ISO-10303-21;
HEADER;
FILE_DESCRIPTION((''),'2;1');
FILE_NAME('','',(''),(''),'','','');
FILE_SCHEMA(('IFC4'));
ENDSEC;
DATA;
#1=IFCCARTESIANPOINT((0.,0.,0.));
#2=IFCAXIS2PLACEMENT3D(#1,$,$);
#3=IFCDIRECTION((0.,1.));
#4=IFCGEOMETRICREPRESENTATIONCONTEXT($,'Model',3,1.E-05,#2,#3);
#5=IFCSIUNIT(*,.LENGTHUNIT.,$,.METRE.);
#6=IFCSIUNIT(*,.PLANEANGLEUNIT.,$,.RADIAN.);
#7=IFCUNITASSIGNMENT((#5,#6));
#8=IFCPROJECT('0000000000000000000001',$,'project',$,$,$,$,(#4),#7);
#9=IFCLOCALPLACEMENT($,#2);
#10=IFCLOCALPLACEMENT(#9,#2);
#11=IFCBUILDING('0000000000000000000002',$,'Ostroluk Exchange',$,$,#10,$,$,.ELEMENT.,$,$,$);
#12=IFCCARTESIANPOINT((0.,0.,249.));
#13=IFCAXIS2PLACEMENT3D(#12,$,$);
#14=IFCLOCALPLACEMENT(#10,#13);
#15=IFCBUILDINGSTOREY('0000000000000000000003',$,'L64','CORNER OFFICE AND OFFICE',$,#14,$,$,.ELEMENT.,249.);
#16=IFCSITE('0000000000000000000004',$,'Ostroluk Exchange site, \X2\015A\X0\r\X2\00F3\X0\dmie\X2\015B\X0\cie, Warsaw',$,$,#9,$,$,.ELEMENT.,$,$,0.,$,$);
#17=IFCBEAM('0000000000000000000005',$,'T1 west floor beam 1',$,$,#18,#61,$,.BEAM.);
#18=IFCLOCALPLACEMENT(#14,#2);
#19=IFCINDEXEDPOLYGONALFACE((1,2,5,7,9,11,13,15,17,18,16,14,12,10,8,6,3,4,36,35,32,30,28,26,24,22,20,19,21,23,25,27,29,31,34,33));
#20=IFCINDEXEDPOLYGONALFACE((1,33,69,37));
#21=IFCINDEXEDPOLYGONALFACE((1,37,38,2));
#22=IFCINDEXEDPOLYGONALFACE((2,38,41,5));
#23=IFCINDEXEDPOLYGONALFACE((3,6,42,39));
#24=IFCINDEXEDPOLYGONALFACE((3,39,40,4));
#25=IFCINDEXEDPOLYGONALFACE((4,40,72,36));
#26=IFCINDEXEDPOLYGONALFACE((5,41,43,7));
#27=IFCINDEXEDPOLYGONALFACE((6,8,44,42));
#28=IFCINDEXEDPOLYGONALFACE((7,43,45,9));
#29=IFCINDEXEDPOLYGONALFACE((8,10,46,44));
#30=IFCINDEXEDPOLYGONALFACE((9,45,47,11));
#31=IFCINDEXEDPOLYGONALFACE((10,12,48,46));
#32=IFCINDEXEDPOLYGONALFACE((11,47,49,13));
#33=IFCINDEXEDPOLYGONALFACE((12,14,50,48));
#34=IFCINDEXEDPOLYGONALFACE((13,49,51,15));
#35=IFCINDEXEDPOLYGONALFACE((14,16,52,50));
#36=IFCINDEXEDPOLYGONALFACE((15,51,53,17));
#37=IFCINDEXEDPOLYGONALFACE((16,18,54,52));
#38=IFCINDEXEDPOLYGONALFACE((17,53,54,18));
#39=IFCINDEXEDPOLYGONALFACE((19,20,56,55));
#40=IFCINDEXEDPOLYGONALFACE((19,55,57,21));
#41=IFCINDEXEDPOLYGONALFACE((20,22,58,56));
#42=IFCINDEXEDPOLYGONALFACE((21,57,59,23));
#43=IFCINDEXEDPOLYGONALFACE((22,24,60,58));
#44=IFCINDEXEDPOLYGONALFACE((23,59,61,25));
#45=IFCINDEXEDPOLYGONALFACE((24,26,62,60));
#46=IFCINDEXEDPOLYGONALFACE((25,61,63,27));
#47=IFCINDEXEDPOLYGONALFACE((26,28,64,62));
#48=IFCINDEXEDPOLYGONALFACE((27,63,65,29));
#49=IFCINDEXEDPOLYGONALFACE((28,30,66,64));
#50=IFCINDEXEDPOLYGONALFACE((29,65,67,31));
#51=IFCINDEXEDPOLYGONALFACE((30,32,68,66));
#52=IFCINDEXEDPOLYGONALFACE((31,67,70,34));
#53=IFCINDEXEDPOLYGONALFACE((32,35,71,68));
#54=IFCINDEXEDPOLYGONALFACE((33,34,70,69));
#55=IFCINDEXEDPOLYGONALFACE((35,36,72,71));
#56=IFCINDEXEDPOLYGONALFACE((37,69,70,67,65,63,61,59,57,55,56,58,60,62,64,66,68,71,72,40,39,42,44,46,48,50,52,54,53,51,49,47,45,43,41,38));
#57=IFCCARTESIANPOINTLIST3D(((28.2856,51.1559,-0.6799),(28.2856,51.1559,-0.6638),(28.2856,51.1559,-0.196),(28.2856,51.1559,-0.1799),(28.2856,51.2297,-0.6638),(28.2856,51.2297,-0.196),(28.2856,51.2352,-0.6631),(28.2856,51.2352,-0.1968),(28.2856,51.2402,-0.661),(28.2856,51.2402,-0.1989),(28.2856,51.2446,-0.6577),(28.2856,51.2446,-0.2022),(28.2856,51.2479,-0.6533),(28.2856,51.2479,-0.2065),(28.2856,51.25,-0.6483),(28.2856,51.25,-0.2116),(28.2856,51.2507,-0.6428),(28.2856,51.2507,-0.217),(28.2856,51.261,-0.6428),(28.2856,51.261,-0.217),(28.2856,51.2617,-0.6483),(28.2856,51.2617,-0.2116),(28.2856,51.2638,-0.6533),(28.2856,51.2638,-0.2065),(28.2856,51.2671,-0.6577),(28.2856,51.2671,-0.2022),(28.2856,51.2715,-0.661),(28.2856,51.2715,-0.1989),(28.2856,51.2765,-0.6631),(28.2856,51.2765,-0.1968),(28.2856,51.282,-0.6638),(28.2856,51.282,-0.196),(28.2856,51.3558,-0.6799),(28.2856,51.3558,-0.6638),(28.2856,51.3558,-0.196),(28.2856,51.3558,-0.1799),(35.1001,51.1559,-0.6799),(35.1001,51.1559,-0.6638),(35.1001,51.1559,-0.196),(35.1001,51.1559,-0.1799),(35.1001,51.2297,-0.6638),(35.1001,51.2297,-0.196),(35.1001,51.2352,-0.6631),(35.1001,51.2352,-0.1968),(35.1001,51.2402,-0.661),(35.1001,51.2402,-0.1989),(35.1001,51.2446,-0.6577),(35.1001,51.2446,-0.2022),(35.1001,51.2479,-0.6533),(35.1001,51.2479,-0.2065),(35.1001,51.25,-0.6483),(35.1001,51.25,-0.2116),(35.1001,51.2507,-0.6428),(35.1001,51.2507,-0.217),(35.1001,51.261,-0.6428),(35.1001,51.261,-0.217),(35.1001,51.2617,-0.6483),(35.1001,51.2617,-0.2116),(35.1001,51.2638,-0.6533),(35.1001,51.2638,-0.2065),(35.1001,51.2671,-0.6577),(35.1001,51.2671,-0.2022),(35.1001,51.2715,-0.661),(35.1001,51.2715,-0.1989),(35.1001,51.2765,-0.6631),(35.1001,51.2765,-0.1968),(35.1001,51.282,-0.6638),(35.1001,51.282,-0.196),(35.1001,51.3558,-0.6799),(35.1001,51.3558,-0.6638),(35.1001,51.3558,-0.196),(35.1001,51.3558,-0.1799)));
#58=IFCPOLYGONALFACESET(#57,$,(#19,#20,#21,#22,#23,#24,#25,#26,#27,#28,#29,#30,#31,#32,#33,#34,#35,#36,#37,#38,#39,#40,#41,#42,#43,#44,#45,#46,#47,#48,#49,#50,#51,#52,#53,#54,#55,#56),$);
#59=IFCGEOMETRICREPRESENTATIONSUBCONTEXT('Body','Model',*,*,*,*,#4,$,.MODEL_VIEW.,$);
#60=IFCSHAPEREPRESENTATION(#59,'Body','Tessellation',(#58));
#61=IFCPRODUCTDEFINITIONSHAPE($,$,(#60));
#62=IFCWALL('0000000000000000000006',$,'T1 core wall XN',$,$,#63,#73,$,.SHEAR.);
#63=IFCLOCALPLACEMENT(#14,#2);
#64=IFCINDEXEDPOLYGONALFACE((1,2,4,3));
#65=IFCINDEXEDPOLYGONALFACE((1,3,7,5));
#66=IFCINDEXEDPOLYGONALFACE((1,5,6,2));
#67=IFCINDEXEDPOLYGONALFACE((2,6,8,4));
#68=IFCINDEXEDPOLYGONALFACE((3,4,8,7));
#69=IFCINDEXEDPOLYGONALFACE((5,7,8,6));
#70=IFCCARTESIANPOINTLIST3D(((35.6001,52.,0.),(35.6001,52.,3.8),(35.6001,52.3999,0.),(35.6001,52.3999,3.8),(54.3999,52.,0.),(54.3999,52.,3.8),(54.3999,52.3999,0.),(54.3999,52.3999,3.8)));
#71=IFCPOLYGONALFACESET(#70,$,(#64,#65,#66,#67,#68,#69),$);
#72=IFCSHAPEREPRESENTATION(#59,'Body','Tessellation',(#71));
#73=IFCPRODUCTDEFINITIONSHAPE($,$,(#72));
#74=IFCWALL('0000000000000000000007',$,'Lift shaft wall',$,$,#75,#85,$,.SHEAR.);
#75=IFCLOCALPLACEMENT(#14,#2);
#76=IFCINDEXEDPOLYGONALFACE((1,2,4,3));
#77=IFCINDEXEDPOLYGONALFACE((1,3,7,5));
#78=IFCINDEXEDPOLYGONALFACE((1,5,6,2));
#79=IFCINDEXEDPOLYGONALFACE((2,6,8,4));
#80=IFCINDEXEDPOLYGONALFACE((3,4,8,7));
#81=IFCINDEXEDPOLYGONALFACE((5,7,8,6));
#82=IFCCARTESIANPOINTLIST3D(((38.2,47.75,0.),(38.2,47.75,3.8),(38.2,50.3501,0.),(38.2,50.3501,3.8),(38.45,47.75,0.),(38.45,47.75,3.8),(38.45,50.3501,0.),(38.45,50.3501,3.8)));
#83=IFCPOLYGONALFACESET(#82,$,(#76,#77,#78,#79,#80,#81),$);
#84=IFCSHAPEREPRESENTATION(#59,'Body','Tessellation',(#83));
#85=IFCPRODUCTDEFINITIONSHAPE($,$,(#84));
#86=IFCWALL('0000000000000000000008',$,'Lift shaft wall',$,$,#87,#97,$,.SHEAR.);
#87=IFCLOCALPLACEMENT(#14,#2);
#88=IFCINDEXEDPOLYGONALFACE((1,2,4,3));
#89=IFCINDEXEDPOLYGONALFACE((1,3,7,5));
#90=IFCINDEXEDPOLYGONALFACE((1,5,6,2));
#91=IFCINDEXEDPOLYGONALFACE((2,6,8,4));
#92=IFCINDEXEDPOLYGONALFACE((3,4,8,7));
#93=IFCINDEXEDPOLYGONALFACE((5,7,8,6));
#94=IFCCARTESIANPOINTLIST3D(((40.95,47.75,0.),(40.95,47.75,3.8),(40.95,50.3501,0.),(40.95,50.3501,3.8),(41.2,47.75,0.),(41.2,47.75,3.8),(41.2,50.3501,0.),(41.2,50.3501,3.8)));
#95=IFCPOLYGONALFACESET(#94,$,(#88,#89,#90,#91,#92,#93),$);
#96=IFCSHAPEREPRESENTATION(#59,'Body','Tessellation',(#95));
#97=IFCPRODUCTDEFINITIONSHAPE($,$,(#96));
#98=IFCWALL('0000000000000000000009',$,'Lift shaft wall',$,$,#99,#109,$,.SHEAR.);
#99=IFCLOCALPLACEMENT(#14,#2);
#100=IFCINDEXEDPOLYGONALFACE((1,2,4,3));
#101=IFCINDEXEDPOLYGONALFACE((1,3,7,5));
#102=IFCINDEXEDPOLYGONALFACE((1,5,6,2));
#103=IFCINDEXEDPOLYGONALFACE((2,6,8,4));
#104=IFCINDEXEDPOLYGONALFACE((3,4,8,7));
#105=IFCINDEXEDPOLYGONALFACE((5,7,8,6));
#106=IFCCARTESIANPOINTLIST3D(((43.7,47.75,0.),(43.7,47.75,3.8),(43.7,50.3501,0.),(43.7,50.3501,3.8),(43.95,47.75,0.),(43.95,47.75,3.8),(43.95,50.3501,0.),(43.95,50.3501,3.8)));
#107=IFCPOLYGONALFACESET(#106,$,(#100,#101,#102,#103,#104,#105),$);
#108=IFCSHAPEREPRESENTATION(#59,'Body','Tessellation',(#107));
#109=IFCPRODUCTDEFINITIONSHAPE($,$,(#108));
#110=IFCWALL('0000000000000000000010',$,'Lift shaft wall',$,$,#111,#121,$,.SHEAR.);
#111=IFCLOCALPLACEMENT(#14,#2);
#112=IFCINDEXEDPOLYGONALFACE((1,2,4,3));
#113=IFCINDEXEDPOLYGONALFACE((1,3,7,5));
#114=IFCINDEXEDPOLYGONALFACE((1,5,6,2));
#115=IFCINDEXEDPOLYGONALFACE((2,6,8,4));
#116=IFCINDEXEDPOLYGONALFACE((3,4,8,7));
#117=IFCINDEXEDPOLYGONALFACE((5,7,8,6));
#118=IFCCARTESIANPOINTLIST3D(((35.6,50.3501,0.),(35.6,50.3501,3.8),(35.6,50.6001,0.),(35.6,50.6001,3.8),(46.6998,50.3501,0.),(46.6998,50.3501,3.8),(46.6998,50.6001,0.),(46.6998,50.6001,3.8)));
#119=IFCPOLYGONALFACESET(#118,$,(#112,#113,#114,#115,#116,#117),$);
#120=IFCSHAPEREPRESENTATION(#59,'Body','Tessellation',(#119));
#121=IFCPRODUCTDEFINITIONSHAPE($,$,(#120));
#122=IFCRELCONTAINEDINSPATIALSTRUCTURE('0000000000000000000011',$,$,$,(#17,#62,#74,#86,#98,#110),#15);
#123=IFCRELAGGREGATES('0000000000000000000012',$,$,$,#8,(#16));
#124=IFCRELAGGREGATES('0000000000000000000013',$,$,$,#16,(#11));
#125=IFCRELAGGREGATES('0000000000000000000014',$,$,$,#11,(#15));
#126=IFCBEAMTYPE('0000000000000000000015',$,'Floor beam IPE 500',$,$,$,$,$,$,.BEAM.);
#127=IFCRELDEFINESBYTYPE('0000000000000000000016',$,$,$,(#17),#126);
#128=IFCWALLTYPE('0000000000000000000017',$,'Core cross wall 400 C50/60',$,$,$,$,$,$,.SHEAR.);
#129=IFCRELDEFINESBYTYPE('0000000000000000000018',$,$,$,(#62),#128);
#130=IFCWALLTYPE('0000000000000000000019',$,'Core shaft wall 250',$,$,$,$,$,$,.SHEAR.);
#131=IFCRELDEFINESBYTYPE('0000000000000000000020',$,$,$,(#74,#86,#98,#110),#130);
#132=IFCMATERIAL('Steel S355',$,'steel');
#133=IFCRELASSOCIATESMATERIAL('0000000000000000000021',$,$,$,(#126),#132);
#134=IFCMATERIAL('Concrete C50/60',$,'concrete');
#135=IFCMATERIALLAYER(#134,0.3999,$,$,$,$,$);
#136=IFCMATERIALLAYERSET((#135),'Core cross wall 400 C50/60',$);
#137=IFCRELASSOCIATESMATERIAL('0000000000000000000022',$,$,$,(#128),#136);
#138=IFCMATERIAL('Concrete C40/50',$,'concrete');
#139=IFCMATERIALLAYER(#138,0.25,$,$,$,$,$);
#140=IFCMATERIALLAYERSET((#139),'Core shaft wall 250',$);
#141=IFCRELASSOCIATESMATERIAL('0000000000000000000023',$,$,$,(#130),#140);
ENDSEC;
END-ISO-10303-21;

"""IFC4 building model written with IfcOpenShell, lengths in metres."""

from ifc_helpers import new_model, si_unit, direction, frame, frame_2d, origin, origin_2d, place, context, subcontext, project, spatial, rectangle, i_section, extrude, material, layer, layer_set, material_profile, profile_set, type_object, element, save


model = new_model("IFC4")

# Units and contexts
model_context = context("Model", 3, precision=1e-05, world=origin(), true_north=direction((0.0, 1.0)))
body_context = subcontext(model_context, "Body", "Model", "MODEL_VIEW")
ifc_project = project(units=[si_unit("LENGTHUNIT", "METRE"), si_unit("PLANEANGLEUNIT", "RADIAN")], contexts=[model_context])

# Site, building, storey
site_placement = place(None, origin())
site = spatial("IfcSite", under=ifc_project, at=site_placement, Name="Ostroluk Exchange site, Śródmieście, Warsaw", CompositionType="ELEMENT", RefElevation=0.0)
building_placement = place(site_placement, origin())
building = spatial("IfcBuilding", under=site, at=building_placement, Name="Ostroluk Exchange", CompositionType="ELEMENT")
storey_placement = place(building_placement, frame((0.0, 0.0, 249.0)))
storey = spatial("IfcBuildingStorey", under=building, at=storey_placement, Name="L64", Description="CORNER OFFICE AND OFFICE", CompositionType="ELEMENT", Elevation=249.0)

# Beam
ifc_material_1 = material(Name="Steel S355", Category="steel")
ifc_material_profile = material_profile(ifc_material_1, i_section(OverallWidth=0.2, OverallDepth=0.5, WebThickness=0.0103, FlangeThickness=0.0161, FilletRadius=0.021, at=origin_2d()), Name="IPE 500")
ifc_profile_set = profile_set([ifc_material_profile], Name="Steel S355")
beam_type = type_object("IfcBeamType", Name="Floor beam IPE 500", PredefinedType="BEAM", material=ifc_profile_set)
beam_placement = place(storey_placement, frame((35.1001, 51.2559, -0.4299), z_axis=(-1.0, 0.0, 0.0), x_axis=(0.0, -1.0, 0.0)))
element("IfcBeam", 1, at=beam_placement, inside=storey, type_object=beam_type, Name="T1 west floor beam 1", PredefinedType="BEAM", context=body_context, shape_type="SweptSolid", body=[
    extrude(i_section(OverallWidth=0.2, OverallDepth=0.5, WebThickness=0.0103, FlangeThickness=0.0161, FilletRadius=0.021, at=origin_2d()), origin(), (0.0, 0.0, 1.0), 6.8145),
])

# Walls
ifc_material_2 = material(Name="Concrete C50/60", Category="concrete")
ifc_layer_1 = layer(ifc_material_2, 0.3999)
ifc_layer_set_1 = layer_set([ifc_layer_1], Name="Core cross wall 400 C50/60")
wall_type_1 = type_object("IfcWallType", Name="Core cross wall 400 C50/60", PredefinedType="SHEAR", material=ifc_layer_set_1)
wall_1_placement = place(storey_placement, frame((35.6001, 52.2, 0.0), z_axis=(0.0, 0.0, 1.0), x_axis=(1.0, 0.0, 0.0)))
element("IfcWall", 2, at=wall_1_placement, inside=storey, type_object=wall_type_1, Name="T1 core wall XN", PredefinedType="SHEAR", context=body_context, shape_type="SweptSolid", body=[
    extrude(rectangle(XDim=18.7998, YDim=0.3999, at=frame_2d((9.3999, 0.0))), origin(), (0.0, 0.0, 1.0), 3.8),
])
ifc_material_3 = material(Name="Concrete C40/50", Category="concrete")
ifc_layer_2 = layer(ifc_material_3, 0.25)
ifc_layer_set_2 = layer_set([ifc_layer_2], Name="Core shaft wall 250")
wall_type_2 = type_object("IfcWallType", Name="Core shaft wall 250", PredefinedType="SHEAR", material=ifc_layer_set_2)
for number, where, z_axis, x_axis, name in (
    (3, (38.325, 47.75, 0.0), (0.0, 0.0, 1.0), (0.0, 1.0, 0.0), "Lift shaft wall"),
    (4, (41.075, 47.75, 0.0), (0.0, 0.0, 1.0), (0.0, 1.0, 0.0), "Lift shaft wall"),
    (5, (43.825, 47.75, 0.0), (0.0, 0.0, 1.0), (0.0, 1.0, 0.0), "Lift shaft wall"),
):
    element("IfcWall", number, at=place(storey_placement, frame(where, z_axis=z_axis, x_axis=x_axis)), inside=storey, type_object=wall_type_2, Name=name, PredefinedType="SHEAR", context=body_context, shape_type="SweptSolid", body=[
        extrude(rectangle(XDim=2.6001, YDim=0.25, at=frame_2d((1.3, 0.0))), origin(), (0.0, 0.0, 1.0), 3.8),
    ])
wall_2_placement = place(storey_placement, frame((35.6001, 50.4751, 0.0), z_axis=(0.0, 0.0, 1.0), x_axis=(1.0, 0.0, 0.0)))
element("IfcWall", 6, at=wall_2_placement, inside=storey, type_object=wall_type_2, Name="Lift shaft wall", PredefinedType="SHEAR", context=body_context, shape_type="SweptSolid", body=[
    extrude(rectangle(XDim=11.0999, YDim=0.25, at=frame_2d((5.5498, 0.0))), origin(), (0.0, 0.0, 1.0), 3.8),
])

save(model, "model.ifc")
